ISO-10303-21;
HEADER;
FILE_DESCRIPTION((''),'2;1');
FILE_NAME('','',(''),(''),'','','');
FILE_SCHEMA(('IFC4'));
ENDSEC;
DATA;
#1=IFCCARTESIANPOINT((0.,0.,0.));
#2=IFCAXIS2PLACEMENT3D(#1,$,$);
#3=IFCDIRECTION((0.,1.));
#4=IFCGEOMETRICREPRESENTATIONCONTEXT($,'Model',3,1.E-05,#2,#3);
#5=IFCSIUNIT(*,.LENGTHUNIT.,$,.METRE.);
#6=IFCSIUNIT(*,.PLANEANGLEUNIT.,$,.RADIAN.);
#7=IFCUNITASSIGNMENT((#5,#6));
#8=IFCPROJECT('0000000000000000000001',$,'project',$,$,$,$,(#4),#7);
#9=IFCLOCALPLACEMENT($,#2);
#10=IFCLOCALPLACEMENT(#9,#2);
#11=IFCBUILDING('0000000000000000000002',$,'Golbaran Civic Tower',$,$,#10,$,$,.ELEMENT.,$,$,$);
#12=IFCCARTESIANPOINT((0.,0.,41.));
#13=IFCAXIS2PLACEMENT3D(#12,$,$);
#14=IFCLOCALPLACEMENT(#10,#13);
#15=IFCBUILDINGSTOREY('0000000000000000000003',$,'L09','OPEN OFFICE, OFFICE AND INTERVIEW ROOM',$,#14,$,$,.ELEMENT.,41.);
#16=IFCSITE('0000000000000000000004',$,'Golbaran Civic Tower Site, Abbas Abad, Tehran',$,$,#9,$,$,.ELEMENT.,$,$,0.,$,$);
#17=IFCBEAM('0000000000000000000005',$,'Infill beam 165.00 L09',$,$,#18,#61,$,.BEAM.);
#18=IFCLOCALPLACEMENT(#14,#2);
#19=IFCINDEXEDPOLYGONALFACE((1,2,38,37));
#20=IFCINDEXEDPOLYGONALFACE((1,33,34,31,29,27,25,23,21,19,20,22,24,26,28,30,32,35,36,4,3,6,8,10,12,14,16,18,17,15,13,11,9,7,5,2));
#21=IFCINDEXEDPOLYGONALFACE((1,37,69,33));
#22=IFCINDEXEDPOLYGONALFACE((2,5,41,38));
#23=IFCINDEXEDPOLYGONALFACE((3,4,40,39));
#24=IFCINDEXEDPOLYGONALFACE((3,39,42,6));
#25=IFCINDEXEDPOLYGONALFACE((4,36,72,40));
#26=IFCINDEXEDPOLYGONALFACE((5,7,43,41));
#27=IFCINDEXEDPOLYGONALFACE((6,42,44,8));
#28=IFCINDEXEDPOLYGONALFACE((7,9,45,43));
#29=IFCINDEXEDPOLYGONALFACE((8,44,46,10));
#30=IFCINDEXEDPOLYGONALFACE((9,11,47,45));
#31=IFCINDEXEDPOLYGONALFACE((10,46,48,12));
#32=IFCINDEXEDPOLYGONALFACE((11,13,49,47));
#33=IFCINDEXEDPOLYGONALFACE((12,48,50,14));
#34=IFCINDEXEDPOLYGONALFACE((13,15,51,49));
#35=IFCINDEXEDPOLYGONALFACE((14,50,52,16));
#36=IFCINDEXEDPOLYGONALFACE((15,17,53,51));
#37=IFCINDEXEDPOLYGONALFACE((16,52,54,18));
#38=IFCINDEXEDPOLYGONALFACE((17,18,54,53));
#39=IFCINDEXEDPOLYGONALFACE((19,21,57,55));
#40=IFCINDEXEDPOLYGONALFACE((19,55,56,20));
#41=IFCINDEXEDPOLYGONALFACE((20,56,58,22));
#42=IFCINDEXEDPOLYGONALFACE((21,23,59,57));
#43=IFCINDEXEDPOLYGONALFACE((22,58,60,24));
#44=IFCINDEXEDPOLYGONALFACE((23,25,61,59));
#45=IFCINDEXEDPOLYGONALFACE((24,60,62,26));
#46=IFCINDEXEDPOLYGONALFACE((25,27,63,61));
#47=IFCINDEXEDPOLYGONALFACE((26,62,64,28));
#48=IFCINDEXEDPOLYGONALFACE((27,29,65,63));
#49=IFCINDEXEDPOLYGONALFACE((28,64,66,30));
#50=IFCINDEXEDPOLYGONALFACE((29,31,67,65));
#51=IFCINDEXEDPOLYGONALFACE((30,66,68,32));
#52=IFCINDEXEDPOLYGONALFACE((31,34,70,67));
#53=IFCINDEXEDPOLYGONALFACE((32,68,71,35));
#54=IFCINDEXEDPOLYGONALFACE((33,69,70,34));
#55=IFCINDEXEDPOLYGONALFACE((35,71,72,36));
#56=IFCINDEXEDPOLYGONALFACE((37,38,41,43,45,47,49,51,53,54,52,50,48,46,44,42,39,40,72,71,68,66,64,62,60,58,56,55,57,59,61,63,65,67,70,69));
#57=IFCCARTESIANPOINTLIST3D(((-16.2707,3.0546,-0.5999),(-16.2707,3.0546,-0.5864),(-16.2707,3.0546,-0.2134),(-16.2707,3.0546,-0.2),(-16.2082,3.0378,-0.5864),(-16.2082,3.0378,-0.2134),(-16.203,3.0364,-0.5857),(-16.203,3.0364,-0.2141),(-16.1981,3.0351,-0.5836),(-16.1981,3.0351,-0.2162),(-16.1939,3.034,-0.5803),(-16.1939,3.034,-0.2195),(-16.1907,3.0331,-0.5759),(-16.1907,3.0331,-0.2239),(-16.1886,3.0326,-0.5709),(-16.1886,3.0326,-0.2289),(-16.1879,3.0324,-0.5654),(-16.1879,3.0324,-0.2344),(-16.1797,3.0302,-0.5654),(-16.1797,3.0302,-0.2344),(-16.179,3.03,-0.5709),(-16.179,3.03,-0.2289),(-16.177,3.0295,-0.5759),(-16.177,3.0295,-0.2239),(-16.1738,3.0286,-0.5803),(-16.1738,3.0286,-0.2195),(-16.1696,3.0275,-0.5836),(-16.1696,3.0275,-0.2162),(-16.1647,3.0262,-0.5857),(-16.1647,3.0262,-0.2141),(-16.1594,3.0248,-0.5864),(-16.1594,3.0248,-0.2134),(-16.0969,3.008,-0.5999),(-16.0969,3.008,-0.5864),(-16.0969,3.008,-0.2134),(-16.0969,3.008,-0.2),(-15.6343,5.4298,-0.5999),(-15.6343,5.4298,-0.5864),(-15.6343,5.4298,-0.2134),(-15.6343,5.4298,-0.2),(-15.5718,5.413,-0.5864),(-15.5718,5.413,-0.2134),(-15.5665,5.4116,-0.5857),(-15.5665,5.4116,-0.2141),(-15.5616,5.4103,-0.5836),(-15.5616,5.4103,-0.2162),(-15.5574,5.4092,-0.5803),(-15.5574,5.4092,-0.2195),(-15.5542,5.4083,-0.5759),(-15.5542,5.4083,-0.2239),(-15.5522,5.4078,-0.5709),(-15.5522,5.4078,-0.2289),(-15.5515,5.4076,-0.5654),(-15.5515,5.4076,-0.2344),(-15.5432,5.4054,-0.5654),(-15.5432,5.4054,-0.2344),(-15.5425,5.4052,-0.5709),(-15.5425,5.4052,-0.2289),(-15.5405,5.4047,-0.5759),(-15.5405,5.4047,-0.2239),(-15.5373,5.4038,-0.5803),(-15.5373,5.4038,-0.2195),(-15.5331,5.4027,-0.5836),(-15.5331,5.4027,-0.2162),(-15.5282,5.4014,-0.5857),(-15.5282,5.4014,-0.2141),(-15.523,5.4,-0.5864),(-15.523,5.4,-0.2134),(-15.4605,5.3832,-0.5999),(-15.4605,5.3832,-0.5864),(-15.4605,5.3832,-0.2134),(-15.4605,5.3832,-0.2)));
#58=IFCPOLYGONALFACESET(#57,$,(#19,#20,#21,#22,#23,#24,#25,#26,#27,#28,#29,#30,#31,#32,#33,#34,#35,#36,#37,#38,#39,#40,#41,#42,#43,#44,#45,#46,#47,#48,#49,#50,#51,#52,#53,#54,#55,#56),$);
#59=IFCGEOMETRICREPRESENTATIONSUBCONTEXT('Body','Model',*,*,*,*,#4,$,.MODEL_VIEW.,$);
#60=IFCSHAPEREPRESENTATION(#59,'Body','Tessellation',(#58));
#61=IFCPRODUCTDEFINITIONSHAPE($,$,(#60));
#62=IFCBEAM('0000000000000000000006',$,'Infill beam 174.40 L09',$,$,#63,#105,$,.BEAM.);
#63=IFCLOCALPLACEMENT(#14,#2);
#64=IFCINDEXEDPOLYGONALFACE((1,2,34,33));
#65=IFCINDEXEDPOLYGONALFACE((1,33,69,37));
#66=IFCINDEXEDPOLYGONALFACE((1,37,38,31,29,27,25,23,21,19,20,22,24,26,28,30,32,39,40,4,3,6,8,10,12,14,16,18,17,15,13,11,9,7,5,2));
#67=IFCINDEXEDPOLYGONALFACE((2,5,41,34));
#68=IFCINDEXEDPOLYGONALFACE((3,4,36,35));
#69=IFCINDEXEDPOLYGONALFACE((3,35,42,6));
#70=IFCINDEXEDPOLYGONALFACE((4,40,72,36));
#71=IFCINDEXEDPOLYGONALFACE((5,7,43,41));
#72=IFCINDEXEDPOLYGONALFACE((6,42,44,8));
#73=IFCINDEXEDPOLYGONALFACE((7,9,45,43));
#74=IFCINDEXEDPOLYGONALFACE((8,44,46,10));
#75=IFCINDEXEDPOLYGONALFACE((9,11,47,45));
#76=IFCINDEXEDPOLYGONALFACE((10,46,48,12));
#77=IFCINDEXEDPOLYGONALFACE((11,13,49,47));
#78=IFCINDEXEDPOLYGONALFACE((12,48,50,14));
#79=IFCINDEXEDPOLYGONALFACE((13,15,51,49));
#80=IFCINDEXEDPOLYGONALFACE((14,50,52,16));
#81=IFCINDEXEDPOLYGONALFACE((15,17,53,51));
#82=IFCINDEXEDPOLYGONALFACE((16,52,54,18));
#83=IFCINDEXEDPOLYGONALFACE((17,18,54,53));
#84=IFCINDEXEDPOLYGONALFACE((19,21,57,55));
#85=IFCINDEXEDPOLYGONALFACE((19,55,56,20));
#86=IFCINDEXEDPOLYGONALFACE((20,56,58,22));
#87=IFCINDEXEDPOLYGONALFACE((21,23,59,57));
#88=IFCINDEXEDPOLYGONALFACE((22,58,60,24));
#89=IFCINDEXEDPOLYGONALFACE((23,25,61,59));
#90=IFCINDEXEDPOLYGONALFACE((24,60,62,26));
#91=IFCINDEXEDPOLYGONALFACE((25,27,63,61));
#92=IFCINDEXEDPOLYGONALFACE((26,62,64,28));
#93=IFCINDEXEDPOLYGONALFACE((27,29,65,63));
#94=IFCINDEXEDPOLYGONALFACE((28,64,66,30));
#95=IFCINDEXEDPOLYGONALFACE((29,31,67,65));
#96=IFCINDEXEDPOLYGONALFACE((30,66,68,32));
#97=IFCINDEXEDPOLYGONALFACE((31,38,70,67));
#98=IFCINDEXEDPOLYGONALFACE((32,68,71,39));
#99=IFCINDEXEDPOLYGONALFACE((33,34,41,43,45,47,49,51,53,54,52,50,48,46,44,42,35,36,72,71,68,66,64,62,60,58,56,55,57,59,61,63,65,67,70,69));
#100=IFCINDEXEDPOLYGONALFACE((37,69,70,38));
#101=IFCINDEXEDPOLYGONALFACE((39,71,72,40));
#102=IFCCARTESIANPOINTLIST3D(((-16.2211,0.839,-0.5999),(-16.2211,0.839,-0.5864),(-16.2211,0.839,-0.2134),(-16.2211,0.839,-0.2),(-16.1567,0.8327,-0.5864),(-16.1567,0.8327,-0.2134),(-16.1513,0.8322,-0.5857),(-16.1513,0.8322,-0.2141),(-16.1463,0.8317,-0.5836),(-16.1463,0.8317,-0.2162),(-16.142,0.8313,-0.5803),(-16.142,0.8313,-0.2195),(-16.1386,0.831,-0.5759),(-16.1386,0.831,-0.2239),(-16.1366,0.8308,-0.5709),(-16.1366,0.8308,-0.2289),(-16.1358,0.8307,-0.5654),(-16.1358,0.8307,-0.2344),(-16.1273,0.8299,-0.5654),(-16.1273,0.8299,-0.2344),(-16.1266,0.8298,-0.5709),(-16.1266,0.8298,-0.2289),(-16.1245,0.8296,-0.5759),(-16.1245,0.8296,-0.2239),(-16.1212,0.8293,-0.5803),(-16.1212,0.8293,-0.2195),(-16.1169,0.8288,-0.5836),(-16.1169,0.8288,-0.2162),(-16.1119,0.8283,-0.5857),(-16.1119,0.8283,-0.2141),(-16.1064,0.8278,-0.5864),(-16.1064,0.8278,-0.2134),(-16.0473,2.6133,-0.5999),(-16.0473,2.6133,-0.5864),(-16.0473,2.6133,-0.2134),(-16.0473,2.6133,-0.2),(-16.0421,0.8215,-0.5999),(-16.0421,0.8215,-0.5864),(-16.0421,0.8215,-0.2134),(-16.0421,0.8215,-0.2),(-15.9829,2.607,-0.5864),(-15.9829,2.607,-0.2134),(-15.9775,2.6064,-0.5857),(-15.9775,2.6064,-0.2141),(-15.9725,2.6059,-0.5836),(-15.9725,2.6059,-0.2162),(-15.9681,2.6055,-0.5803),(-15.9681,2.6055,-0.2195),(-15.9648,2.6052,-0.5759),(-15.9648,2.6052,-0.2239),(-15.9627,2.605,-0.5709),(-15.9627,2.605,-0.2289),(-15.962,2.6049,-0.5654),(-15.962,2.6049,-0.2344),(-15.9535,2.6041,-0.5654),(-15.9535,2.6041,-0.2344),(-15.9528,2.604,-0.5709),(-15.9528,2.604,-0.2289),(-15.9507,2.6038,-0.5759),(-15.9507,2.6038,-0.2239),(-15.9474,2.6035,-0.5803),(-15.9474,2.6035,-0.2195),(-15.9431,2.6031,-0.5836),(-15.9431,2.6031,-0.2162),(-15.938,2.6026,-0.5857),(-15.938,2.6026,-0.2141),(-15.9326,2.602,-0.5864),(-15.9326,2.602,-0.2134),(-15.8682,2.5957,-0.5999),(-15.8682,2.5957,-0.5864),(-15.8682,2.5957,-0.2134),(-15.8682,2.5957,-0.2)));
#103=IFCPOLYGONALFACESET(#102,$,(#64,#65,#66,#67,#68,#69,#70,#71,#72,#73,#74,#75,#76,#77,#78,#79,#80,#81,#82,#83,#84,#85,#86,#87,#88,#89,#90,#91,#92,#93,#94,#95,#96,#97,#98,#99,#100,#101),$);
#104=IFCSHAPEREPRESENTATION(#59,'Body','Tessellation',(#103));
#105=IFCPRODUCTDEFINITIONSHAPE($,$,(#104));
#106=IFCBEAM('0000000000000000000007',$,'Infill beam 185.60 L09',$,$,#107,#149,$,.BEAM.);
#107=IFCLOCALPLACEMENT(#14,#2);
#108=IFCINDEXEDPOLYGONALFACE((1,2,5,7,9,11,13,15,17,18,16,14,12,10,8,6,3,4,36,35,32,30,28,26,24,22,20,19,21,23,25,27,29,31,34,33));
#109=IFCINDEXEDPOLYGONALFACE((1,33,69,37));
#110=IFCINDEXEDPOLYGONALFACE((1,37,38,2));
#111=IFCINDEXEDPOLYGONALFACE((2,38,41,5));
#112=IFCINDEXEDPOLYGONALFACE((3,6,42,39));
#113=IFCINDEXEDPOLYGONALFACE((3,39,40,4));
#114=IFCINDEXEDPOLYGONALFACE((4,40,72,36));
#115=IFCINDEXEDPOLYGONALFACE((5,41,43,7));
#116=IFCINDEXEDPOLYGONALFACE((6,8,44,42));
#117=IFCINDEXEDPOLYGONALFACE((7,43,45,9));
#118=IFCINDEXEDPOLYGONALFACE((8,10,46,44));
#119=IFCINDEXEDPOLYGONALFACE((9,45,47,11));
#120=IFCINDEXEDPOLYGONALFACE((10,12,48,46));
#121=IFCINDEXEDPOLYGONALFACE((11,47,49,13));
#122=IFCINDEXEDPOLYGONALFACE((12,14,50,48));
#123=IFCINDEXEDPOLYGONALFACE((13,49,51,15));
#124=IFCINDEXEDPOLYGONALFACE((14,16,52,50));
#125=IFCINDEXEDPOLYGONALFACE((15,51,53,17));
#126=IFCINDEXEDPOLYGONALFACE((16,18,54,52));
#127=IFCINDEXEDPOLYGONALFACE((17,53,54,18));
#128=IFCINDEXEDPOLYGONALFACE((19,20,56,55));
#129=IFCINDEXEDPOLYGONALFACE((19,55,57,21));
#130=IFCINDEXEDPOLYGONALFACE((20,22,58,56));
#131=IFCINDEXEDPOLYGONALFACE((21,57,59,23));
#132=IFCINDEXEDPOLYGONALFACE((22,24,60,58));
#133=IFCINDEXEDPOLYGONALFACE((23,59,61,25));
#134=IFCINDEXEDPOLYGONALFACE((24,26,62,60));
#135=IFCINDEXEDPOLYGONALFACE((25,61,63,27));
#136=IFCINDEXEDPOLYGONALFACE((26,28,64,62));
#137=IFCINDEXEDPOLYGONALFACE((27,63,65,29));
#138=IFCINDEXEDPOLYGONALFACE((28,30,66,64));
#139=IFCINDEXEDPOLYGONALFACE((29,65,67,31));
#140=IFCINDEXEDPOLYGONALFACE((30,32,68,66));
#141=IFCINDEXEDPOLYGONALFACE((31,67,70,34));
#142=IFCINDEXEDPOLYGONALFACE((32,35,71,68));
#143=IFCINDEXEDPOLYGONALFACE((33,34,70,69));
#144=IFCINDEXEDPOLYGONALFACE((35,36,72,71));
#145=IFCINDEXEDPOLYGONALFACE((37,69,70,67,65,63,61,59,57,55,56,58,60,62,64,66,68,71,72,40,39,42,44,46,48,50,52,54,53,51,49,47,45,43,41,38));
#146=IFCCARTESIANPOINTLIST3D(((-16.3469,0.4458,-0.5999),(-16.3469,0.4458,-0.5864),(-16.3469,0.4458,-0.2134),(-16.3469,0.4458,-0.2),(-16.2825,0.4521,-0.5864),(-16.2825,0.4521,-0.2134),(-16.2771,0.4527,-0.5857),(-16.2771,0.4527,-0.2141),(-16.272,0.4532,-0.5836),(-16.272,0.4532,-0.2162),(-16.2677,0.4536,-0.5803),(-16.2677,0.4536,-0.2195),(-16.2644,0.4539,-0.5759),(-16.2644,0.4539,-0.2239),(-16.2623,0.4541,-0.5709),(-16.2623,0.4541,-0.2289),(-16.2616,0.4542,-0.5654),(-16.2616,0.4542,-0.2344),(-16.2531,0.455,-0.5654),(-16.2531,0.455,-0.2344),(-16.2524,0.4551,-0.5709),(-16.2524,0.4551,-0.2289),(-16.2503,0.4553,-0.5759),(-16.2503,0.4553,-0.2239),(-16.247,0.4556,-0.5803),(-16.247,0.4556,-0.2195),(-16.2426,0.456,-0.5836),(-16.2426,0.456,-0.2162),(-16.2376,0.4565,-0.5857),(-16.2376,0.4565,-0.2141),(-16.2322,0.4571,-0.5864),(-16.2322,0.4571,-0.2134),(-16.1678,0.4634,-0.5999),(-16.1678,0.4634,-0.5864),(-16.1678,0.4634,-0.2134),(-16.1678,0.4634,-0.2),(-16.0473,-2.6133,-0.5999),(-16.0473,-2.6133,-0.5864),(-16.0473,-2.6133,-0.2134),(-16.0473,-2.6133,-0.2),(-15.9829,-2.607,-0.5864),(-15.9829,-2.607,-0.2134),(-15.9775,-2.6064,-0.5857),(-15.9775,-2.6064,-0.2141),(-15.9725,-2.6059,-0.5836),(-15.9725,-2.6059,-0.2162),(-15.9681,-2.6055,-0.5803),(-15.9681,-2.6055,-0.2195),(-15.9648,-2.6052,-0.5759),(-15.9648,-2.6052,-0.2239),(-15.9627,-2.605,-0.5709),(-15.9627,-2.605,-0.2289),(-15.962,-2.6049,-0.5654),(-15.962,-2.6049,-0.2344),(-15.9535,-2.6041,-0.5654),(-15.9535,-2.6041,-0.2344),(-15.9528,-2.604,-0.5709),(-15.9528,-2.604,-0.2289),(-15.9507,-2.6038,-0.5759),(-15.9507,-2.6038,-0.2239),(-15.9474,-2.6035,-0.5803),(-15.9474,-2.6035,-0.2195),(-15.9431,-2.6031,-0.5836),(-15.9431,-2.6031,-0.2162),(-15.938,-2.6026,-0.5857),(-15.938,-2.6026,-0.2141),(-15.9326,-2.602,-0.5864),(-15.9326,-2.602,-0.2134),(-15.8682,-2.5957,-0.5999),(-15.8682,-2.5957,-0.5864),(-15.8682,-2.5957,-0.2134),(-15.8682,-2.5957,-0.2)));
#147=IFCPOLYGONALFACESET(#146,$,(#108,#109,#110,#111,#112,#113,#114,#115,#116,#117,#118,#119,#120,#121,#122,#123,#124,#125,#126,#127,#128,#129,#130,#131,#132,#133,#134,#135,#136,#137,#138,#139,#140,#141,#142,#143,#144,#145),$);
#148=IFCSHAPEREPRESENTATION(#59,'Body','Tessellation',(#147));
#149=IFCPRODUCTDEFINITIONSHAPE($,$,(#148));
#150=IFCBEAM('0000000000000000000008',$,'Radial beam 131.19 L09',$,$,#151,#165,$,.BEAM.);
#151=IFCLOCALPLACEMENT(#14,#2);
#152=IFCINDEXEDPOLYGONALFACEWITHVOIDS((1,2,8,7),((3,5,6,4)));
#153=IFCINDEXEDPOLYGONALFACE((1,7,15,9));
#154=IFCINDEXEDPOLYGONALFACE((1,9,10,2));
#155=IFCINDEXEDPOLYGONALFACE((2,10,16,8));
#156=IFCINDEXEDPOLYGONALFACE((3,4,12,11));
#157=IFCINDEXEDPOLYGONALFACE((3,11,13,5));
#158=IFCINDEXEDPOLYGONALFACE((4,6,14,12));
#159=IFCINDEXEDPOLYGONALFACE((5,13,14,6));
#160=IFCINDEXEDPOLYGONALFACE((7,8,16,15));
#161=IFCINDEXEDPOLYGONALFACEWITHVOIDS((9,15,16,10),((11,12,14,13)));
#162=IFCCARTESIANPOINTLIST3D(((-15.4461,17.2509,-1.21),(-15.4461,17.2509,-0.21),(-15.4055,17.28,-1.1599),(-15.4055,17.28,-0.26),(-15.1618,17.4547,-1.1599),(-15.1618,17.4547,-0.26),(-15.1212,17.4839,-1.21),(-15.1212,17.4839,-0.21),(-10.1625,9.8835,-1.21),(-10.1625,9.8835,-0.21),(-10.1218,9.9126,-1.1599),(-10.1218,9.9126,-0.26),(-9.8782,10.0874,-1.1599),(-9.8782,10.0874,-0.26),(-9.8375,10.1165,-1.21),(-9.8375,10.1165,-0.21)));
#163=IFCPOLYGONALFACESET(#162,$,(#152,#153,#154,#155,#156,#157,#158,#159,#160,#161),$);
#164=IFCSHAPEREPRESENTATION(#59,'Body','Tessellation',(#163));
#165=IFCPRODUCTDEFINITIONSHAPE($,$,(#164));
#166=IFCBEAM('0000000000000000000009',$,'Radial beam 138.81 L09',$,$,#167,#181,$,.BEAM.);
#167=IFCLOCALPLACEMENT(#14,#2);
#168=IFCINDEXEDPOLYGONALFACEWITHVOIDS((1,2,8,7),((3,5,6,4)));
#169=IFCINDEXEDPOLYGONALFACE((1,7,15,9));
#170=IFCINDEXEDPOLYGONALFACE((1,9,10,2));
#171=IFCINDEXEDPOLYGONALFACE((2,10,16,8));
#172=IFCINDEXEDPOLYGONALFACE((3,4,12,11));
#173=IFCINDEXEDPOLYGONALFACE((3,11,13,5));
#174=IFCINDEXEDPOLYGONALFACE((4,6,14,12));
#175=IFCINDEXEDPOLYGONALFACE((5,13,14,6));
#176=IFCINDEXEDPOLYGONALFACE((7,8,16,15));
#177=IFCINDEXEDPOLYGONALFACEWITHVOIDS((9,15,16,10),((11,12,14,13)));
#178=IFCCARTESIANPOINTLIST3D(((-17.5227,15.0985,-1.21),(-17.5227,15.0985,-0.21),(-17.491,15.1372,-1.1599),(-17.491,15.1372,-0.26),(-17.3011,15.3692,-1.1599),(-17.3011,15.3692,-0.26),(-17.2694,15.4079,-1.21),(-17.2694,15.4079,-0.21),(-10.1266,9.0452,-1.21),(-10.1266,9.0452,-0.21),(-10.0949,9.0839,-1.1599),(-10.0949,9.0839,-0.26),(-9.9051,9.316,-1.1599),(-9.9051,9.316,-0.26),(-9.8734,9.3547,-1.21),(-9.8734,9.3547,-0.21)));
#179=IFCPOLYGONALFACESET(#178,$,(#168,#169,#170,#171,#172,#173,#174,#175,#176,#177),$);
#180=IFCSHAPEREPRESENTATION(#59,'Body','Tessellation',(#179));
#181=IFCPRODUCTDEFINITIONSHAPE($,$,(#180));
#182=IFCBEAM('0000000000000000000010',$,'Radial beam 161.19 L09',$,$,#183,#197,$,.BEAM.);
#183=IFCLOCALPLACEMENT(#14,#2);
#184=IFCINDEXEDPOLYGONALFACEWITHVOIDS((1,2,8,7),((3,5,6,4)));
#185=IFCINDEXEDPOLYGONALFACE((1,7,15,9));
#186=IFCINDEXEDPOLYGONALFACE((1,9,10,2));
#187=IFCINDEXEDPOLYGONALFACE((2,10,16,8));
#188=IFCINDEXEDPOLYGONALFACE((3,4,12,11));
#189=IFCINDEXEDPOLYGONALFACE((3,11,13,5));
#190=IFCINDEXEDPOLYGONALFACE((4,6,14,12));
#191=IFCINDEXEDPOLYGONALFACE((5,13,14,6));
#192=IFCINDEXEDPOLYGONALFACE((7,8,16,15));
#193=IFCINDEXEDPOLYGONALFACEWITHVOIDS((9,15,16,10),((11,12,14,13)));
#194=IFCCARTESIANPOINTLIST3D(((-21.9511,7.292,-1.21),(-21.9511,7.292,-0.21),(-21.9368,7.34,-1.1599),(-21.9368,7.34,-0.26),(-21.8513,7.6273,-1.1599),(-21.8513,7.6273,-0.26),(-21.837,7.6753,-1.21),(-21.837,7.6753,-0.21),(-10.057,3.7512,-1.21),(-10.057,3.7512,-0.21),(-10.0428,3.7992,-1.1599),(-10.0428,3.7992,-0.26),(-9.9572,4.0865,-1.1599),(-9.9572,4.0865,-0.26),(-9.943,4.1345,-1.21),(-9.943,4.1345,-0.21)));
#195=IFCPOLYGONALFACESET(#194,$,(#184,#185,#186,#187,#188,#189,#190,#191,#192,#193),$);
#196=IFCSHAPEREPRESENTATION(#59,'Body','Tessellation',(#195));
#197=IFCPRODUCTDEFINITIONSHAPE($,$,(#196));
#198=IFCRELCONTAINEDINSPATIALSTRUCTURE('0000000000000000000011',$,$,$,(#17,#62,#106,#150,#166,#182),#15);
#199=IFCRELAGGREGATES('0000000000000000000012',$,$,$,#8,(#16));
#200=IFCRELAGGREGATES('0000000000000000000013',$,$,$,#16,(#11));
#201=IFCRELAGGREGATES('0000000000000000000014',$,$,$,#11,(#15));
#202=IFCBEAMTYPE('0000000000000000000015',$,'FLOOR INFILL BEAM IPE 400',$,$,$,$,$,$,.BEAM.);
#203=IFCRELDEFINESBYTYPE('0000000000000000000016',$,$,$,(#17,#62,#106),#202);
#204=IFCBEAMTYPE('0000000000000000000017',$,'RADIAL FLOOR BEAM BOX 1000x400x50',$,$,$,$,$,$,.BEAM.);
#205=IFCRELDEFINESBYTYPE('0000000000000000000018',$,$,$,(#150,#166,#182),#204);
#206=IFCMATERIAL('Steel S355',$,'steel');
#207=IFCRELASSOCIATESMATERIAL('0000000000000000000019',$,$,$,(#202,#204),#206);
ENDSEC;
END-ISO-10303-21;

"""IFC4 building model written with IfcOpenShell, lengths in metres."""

from ifc_helpers import new_model, si_unit, direction, frame, origin, origin_2d, place, context, subcontext, project, spatial, hollow_rectangle, i_section, extrude, material, material_profile, profile_set, type_object, element, save


model = new_model("IFC4")

# Units and contexts
model_context = context("Model", 3, precision=1e-05, world=origin(), true_north=direction((0.0, 1.0)))
body_context = subcontext(model_context, "Body", "Model", "MODEL_VIEW")
ifc_project = project(units=[si_unit("LENGTHUNIT", "METRE"), si_unit("PLANEANGLEUNIT", "RADIAN")], contexts=[model_context])

# Site, building, storey
site_placement = place(None, origin())
site = spatial("IfcSite", under=ifc_project, at=site_placement, Name="Golbaran Civic Tower Site, Abbas Abad, Tehran", CompositionType="ELEMENT", RefElevation=0.0)
building_placement = place(site_placement, origin())
building = spatial("IfcBuilding", under=site, at=building_placement, Name="Golbaran Civic Tower", CompositionType="ELEMENT")
storey_placement = place(building_placement, frame((0.0, 0.0, 41.0)))
storey = spatial("IfcBuildingStorey", under=building, at=storey_placement, Name="L09", Description="OPEN OFFICE, OFFICE AND INTERVIEW ROOM", CompositionType="ELEMENT", Elevation=41.0)

# Beams
ifc_material_1 = material(Name="Steel S355", Category="steel")
ifc_material_profile_1 = material_profile(ifc_material_1, i_section(OverallWidth=0.1799, OverallDepth=0.3999, WebThickness=0.0085, FlangeThickness=0.0134, FilletRadius=0.021, at=origin_2d()), Name="IPE 400")
ifc_profile_set_1 = profile_set([ifc_material_profile_1], Name="Steel S355")
beam_type_1 = type_object("IfcBeamType", Name="FLOOR INFILL BEAM IPE 400", PredefinedType="BEAM", material=ifc_profile_set_1)
beam_1_placement = place(storey_placement, frame((-15.5474, 5.4065, -0.3999), z_axis=(-0.25883, -0.965923, 0.0), x_axis=(0.965923, -0.25883, 0.0)))
element("IfcBeam", 1, at=beam_1_placement, inside=storey, type_object=beam_type_1, Name="Infill beam 165.00 L09", PredefinedType="BEAM", context=body_context, shape_type="SweptSolid", body=[
    extrude(i_section(OverallWidth=0.1799, OverallDepth=0.3999, WebThickness=0.0085, FlangeThickness=0.0134, FilletRadius=0.021, at=origin_2d()), origin(), (0.0, 0.0, 1.0), 2.459),
])
beam_2_placement = place(storey_placement, frame((-15.9578, 2.6045, -0.3999), z_axis=(-0.09751, -0.995235, 0.0), x_axis=(0.995235, -0.09751, 0.0)))
element("IfcBeam", 2, at=beam_2_placement, inside=storey, type_object=beam_type_1, Name="Infill beam 174.40 L09", PredefinedType="BEAM", context=body_context, shape_type="SweptSolid", body=[
    extrude(i_section(OverallWidth=0.1799, OverallDepth=0.3999, WebThickness=0.0085, FlangeThickness=0.0134, FilletRadius=0.021, at=origin_2d()), origin(), (0.0, 0.0, 1.0), 1.7827),
])
beam_3_placement = place(storey_placement, frame((-16.2573, 0.4546, -0.3999), z_axis=(0.097459, -0.99524, 0.0), x_axis=(0.99524, 0.097459, 0.0)))
element("IfcBeam", 3, at=beam_3_placement, inside=storey, type_object=beam_type_1, Name="Infill beam 185.60 L09", PredefinedType="BEAM", context=body_context, shape_type="SweptSolid", body=[
    extrude(i_section(OverallWidth=0.1799, OverallDepth=0.3999, WebThickness=0.0085, FlangeThickness=0.0134, FilletRadius=0.021, at=origin_2d()), origin(), (0.0, 0.0, 1.0), 3.0737),
])
ifc_material_profile_2 = material_profile(ifc_material_1, hollow_rectangle(XDim=0.3999, YDim=1.0, WallThickness=0.05, at=origin_2d()), Name="BOX 1000x400x50")
ifc_profile_set_2 = profile_set([ifc_material_profile_2], Name="Steel S355")
beam_type_2 = type_object("IfcBeamType", Name="RADIAL FLOOR BEAM BOX 1000x400x50", PredefinedType="BEAM", material=ifc_profile_set_2)
beam_4_placement = place(storey_placement, frame((-10.0, 10.0, -0.71), z_axis=(-0.582788, 0.812624, 0.0), x_axis=(-0.812624, -0.582788, 0.0)))
element("IfcBeam", 4, at=beam_4_placement, inside=storey, type_object=beam_type_2, Name="Radial beam 131.19 L09", PredefinedType="BEAM", context=body_context, shape_type="SweptSolid", body=[
    extrude(hollow_rectangle(XDim=0.3999, YDim=1.0, WallThickness=0.05, at=origin_2d()), origin(), (0.0, 0.0, 1.0), 9.0662),
])
beam_5_placement = place(storey_placement, frame((-10.0, 9.2, -0.71), z_axis=(-0.773857, 0.63336, 0.0), x_axis=(-0.63336, -0.773857, 0.0)))
element("IfcBeam", 5, at=beam_5_placement, inside=storey, type_object=beam_type_2, Name="Radial beam 138.81 L09", PredefinedType="BEAM", context=body_context, shape_type="SweptSolid", body=[
    extrude(hollow_rectangle(XDim=0.3999, YDim=1.0, WallThickness=0.05, at=origin_2d()), origin(), (0.0, 0.0, 1.0), 9.5574),
])
beam_6_placement = place(storey_placement, frame((-10.0, 3.9429, -0.71), z_axis=(-0.958433, 0.285319, 0.0), x_axis=(-0.285319, -0.958433, 0.0)))
element("IfcBeam", 6, at=beam_6_placement, inside=storey, type_object=beam_type_2, Name="Radial beam 161.19 L09", PredefinedType="BEAM", context=body_context, shape_type="SweptSolid", body=[
    extrude(hollow_rectangle(XDim=0.3999, YDim=1.0, WallThickness=0.05, at=origin_2d()), origin(), (0.0, 0.0, 1.0), 12.4099),
])

save(model, "model.ifc")
